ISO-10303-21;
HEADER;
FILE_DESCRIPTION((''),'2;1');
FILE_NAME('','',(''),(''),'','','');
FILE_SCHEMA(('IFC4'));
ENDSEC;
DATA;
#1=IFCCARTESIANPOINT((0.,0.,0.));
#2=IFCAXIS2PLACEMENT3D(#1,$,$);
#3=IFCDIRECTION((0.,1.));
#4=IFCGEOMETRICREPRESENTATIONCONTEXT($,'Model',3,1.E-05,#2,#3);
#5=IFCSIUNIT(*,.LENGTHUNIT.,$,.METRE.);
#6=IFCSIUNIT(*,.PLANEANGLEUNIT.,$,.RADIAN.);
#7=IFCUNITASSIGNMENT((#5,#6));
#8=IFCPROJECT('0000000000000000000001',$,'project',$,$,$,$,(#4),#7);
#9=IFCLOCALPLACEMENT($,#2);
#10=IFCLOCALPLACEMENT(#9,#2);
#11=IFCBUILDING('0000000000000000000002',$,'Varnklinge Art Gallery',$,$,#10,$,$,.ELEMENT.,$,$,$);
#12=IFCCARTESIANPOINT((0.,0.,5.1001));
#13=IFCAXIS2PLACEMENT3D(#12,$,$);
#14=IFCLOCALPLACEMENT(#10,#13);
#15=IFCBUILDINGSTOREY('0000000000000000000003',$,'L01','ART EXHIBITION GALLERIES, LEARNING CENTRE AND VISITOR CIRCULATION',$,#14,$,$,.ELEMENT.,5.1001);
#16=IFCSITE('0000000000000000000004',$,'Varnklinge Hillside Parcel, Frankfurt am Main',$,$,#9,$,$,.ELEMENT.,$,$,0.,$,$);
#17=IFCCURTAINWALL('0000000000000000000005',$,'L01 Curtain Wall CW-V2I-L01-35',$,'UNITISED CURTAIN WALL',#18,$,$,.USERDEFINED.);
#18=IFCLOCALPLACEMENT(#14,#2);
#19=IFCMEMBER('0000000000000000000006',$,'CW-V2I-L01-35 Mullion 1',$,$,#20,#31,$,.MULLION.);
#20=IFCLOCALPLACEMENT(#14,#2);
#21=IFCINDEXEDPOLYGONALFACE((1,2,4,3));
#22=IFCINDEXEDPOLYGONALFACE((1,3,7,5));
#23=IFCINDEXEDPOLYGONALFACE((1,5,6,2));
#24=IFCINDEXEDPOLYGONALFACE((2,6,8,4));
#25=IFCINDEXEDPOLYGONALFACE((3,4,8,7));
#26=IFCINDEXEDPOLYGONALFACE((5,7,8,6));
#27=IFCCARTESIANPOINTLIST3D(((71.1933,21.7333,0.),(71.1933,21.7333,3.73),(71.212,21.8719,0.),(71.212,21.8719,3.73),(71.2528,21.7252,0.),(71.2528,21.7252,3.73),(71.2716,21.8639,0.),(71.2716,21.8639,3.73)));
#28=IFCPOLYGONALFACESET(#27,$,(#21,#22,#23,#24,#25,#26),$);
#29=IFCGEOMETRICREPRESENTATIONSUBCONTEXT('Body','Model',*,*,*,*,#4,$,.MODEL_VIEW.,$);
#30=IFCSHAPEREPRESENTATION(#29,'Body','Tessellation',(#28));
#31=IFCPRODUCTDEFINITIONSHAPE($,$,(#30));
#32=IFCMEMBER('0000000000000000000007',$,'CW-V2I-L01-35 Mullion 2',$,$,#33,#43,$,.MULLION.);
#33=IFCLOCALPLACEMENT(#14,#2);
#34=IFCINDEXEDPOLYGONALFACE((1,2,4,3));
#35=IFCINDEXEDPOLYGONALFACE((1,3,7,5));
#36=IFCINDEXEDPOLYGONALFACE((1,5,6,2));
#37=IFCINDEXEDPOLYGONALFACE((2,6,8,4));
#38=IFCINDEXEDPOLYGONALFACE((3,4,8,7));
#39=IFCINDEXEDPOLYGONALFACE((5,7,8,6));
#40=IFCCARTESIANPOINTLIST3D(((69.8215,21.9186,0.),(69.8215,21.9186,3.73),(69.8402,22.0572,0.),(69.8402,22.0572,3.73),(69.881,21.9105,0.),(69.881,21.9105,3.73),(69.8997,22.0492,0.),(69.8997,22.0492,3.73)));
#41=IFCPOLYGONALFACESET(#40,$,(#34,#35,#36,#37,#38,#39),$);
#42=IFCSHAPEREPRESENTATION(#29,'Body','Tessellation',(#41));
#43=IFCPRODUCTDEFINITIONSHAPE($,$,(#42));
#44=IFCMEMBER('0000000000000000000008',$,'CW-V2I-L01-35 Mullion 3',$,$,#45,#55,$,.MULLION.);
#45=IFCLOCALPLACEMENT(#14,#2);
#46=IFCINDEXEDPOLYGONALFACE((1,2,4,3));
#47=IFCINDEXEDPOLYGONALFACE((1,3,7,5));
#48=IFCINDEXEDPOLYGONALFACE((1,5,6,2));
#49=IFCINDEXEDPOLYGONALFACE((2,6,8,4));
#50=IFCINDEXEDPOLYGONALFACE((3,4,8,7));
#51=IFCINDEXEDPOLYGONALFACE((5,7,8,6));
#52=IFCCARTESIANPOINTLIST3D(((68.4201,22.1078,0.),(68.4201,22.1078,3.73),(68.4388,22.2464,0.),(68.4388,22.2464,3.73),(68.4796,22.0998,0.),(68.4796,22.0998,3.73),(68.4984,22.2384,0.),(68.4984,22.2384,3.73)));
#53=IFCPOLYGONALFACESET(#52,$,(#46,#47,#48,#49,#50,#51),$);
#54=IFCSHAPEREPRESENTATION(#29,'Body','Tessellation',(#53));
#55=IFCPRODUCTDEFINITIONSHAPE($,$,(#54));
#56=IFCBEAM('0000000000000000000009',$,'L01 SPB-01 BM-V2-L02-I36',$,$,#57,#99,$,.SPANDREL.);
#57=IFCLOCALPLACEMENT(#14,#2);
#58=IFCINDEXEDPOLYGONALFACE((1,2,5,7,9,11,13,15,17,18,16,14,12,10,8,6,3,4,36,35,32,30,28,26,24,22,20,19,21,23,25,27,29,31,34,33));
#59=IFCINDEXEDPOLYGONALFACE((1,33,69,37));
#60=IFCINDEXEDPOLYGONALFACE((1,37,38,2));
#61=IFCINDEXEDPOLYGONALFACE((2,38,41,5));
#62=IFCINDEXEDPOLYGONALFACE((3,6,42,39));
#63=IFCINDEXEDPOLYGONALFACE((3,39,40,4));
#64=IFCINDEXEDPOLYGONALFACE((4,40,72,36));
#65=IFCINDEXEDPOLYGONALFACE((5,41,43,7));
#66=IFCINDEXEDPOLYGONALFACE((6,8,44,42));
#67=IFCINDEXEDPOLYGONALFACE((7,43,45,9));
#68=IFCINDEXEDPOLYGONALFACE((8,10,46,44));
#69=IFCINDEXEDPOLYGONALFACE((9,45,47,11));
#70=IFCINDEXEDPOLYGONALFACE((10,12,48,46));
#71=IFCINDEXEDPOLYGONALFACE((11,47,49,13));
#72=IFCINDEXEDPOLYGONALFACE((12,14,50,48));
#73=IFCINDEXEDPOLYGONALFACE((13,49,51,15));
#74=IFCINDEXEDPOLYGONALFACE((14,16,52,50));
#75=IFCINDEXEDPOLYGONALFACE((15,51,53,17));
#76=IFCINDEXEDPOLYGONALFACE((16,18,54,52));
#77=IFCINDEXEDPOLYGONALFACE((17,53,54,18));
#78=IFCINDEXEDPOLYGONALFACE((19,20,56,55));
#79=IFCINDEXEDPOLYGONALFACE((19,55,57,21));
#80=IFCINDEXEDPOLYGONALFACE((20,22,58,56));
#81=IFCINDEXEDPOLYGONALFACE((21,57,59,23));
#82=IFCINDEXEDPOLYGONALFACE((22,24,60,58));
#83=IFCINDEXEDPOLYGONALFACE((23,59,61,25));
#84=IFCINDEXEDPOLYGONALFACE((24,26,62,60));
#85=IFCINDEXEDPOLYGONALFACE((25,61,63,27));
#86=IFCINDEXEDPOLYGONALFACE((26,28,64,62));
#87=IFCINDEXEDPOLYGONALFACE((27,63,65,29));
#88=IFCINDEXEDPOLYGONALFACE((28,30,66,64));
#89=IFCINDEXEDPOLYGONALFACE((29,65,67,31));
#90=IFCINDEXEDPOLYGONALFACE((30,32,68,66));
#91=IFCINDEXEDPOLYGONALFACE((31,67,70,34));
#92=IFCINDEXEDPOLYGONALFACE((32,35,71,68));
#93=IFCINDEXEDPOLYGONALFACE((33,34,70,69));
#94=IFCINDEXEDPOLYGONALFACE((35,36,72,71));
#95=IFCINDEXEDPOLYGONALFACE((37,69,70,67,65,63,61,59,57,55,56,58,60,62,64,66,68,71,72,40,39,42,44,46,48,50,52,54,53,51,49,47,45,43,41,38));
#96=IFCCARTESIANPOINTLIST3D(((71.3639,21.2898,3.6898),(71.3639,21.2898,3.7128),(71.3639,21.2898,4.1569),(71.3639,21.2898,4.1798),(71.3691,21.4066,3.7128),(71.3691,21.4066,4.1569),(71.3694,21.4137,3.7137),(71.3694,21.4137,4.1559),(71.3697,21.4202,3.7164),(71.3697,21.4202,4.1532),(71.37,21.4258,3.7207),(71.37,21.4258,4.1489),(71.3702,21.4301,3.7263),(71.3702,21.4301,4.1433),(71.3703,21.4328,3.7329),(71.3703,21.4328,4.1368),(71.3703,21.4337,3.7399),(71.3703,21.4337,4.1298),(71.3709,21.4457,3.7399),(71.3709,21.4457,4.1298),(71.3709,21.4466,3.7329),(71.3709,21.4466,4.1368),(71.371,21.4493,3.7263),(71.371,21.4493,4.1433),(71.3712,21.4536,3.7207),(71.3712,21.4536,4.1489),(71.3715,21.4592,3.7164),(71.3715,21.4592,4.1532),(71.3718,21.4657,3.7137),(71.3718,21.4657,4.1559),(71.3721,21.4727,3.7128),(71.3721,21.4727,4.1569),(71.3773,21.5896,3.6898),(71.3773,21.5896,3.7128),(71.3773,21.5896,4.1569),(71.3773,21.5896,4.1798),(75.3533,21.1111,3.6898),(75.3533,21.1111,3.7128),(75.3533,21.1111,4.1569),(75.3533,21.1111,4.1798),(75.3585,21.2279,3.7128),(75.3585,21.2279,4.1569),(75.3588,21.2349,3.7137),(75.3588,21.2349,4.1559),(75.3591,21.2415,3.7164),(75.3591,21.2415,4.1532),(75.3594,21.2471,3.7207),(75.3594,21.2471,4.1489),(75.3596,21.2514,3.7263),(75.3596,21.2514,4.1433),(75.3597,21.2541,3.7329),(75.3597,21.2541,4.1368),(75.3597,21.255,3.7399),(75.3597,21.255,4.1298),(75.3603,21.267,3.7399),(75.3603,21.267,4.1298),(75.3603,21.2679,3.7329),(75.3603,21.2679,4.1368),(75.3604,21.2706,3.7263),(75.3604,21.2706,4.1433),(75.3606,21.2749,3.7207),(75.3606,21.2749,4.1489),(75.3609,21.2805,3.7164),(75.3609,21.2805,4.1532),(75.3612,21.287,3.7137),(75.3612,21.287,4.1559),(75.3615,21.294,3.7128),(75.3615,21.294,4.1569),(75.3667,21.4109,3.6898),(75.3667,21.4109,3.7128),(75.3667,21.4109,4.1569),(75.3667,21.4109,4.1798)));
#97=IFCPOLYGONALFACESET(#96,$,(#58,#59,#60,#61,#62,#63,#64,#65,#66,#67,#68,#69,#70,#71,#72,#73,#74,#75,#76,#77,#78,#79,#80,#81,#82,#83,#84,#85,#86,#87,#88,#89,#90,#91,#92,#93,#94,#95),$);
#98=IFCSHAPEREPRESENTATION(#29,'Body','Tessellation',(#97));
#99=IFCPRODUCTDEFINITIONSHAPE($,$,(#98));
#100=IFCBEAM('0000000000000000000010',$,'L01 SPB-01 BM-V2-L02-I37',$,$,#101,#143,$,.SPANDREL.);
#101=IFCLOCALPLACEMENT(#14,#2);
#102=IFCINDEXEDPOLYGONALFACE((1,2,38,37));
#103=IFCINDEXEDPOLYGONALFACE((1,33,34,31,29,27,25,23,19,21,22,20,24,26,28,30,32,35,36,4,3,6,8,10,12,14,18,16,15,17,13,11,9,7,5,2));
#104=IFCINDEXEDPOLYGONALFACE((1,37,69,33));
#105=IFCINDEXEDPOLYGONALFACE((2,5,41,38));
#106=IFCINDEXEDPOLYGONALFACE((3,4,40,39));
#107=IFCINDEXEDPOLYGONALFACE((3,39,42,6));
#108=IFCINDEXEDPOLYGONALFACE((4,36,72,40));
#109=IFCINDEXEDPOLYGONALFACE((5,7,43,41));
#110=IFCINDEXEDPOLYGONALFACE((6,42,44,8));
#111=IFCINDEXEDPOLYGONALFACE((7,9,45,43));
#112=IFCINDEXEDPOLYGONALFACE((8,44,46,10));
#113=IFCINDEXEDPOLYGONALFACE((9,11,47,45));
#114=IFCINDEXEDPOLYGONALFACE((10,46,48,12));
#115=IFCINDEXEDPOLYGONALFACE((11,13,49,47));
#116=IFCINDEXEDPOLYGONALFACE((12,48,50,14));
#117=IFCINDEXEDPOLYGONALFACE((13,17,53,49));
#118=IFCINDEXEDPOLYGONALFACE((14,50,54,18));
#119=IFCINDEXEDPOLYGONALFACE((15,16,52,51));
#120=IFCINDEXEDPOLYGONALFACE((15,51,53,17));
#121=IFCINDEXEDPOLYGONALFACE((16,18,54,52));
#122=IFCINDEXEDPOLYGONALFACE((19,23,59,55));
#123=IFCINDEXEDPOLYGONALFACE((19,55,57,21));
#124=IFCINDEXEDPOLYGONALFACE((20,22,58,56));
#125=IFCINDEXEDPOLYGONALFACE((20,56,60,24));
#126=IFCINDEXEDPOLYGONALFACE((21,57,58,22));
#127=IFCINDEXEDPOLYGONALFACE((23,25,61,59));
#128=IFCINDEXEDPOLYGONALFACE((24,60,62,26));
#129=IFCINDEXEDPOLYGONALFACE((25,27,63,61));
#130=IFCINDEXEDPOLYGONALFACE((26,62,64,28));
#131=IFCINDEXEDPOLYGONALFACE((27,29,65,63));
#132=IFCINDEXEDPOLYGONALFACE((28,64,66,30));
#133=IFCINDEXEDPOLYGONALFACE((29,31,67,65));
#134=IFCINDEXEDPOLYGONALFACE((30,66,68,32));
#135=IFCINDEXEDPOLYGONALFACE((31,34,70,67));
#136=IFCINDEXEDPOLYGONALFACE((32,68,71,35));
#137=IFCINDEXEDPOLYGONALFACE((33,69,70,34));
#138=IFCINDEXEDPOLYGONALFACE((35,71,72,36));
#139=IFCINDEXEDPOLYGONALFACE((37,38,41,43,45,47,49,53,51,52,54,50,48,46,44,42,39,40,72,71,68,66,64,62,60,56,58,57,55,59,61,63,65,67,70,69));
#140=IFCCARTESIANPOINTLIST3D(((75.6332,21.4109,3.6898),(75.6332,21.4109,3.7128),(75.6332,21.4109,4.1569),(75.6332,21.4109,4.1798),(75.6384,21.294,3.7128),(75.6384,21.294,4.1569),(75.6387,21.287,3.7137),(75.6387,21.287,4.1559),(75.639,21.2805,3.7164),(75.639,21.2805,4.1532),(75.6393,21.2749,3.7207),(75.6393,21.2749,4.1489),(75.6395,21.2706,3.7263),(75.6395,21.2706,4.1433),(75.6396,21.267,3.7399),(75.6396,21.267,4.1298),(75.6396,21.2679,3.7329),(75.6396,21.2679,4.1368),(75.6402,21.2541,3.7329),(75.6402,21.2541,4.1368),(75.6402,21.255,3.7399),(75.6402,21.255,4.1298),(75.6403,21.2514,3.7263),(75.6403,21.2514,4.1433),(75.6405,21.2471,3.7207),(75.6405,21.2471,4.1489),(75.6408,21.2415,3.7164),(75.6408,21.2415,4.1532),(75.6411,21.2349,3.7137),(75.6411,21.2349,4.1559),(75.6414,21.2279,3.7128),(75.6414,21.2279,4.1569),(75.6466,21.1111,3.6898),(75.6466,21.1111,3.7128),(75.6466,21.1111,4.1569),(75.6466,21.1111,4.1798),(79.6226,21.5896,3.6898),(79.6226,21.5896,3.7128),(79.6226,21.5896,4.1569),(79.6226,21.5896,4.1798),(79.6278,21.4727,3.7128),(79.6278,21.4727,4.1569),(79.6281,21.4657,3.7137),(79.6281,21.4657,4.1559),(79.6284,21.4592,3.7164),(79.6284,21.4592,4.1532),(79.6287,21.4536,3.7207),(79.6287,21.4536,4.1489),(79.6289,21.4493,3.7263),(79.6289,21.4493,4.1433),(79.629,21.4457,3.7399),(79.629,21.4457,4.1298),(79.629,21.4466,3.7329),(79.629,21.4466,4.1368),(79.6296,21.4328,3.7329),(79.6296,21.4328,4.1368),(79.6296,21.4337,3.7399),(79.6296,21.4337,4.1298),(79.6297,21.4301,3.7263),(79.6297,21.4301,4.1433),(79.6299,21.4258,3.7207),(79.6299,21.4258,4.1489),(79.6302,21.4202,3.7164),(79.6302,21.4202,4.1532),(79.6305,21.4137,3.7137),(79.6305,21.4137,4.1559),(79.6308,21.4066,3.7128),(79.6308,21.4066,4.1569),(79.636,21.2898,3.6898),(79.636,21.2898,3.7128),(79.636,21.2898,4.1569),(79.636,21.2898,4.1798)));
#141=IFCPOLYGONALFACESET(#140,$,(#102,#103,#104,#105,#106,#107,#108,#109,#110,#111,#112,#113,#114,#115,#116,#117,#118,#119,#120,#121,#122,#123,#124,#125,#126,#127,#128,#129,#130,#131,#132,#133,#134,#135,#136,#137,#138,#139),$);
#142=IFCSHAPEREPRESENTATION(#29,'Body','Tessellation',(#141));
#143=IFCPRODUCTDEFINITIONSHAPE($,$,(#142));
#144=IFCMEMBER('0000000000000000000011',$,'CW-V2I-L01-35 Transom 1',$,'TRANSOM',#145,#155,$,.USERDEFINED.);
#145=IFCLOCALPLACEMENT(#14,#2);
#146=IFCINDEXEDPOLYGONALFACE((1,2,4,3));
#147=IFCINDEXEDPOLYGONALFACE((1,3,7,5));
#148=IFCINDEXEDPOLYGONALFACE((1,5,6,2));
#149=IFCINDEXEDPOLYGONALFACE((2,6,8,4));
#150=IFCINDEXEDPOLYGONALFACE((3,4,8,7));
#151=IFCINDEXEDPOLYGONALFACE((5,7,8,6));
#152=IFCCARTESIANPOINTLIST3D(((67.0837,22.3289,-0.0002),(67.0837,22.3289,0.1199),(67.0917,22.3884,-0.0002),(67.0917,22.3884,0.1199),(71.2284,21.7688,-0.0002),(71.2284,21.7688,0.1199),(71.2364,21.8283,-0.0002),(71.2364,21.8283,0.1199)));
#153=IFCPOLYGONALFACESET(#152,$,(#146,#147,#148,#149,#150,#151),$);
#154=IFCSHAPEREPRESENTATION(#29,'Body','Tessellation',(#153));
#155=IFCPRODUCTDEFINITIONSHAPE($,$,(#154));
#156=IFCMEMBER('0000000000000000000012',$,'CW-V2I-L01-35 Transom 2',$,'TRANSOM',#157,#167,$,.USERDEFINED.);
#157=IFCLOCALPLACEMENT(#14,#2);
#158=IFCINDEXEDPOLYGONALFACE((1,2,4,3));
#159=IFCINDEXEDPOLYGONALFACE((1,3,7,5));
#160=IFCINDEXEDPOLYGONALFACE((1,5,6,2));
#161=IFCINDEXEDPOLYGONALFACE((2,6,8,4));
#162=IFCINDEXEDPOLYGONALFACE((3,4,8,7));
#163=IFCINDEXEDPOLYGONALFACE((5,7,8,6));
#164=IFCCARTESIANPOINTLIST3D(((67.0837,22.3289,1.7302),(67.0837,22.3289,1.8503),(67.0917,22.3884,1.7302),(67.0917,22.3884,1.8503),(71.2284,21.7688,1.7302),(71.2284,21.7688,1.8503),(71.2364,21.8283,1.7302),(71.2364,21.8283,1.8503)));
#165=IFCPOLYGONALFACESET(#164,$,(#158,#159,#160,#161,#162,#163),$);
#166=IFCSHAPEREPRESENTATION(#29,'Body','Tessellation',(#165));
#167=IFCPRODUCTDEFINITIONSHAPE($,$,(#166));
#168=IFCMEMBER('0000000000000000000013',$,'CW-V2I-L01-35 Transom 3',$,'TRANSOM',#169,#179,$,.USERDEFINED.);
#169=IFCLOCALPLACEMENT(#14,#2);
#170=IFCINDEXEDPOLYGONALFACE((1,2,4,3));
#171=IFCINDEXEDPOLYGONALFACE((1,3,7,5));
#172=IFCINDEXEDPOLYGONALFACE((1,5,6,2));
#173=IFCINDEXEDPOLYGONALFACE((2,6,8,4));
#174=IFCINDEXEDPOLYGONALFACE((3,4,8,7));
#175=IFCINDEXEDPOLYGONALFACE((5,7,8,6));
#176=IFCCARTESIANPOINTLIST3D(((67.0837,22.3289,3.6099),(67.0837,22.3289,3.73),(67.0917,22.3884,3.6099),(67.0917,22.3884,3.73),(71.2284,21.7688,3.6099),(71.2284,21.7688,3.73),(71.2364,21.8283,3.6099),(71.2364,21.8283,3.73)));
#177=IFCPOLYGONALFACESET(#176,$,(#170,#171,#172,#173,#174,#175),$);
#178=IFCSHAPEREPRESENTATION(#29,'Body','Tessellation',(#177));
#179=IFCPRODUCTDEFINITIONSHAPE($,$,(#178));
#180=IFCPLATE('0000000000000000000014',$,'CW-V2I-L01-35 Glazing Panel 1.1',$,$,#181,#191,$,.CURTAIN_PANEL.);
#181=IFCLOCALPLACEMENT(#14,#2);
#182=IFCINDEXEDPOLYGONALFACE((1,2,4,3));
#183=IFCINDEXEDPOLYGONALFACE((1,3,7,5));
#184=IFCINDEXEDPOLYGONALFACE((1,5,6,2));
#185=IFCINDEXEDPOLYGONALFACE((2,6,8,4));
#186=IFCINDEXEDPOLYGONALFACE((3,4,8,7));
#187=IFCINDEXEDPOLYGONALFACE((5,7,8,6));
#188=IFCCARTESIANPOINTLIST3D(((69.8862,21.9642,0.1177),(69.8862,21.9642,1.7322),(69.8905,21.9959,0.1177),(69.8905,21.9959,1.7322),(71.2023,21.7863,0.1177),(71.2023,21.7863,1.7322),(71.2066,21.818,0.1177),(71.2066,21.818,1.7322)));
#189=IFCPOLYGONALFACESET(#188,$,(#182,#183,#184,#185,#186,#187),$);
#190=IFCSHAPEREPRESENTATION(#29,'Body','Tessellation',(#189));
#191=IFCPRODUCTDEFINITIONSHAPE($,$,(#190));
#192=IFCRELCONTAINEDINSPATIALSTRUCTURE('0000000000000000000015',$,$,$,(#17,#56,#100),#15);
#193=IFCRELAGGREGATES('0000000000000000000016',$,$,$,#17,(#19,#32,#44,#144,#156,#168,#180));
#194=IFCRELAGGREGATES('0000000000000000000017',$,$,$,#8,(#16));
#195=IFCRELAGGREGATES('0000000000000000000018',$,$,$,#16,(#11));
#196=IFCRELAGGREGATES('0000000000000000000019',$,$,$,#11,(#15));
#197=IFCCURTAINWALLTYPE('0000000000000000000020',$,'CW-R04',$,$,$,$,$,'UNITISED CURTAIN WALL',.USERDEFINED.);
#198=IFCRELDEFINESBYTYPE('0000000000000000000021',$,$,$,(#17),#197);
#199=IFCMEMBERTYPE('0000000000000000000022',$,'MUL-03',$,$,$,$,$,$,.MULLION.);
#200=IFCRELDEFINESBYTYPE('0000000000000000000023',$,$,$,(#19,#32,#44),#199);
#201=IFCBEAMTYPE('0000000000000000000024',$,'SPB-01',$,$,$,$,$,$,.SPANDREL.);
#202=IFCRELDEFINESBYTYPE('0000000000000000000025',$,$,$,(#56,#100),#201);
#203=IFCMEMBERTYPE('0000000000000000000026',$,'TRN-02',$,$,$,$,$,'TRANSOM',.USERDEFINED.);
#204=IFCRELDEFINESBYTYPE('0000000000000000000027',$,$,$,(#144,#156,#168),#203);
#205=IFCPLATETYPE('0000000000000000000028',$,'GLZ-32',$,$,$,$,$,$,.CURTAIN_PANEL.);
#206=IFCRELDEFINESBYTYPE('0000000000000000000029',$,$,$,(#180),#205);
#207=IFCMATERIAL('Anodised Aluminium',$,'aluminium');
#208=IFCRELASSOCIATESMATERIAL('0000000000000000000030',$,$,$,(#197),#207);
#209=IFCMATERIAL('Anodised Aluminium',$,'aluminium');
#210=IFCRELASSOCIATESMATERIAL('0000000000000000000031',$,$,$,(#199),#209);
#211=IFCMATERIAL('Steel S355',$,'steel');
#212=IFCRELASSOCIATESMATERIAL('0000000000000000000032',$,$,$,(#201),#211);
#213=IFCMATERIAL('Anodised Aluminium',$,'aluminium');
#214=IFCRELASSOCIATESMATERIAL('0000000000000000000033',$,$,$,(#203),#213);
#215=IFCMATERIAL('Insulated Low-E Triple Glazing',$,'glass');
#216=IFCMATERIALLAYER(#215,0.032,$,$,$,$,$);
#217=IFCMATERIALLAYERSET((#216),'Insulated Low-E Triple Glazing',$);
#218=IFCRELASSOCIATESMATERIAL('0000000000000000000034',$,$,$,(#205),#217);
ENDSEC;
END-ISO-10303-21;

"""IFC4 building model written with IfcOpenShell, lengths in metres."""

from ifc_helpers import new_model, si_unit, direction, frame, origin, origin_2d, place, context, subcontext, project, spatial, rectangle, i_section, extrude, material, layer, layer_set, material_profile, profile_set, type_object, element, aggregate, save


model = new_model("IFC4")

# Units and contexts
model_context = context("Model", 3, precision=1e-05, world=origin(), true_north=direction((0.0, 1.0)))
body_context = subcontext(model_context, "Body", "Model", "MODEL_VIEW")
ifc_project = project(units=[si_unit("LENGTHUNIT", "METRE"), si_unit("PLANEANGLEUNIT", "RADIAN")], contexts=[model_context])

# Site, building, storey
site_placement = place(None, origin())
site = spatial("IfcSite", under=ifc_project, at=site_placement, Name="Varnklinge Hillside Parcel, Frankfurt am Main", CompositionType="ELEMENT", RefElevation=0.0)
building_placement = place(site_placement, origin())
building = spatial("IfcBuilding", under=site, at=building_placement, Name="Varnklinge Art Gallery", CompositionType="ELEMENT")
storey_placement = place(building_placement, frame((0.0, 0.0, 5.1001)))
storey = spatial("IfcBuildingStorey", under=building, at=storey_placement, Name="L01", Description="ART EXHIBITION GALLERIES, LEARNING CENTRE AND VISITOR CIRCULATION", CompositionType="ELEMENT", Elevation=5.1001)

# Curtain wall, members
ifc_material_1 = material(Name="Anodised Aluminium", Category="aluminium")
curtain_wall_type = type_object("IfcCurtainWallType", Name="CW-R04", ElementType="UNITISED CURTAIN WALL", PredefinedType="USERDEFINED", material=ifc_material_1)
curtain_wall_placement = place(storey_placement, origin())
curtain_wall = element("IfcCurtainWall", 1, at=curtain_wall_placement, inside=storey, type_object=curtain_wall_type, Name="L01 Curtain Wall CW-V2I-L01-35", ObjectType="UNITISED CURTAIN WALL", PredefinedType="USERDEFINED")
ifc_material_2 = material(Name="Anodised Aluminium", Category="aluminium")
ifc_material_profile_1 = material_profile(ifc_material_2, rectangle(XDim=0.0601, YDim=0.1399, at=origin_2d()), Name="ALU 60x140")
ifc_profile_set_1 = profile_set([ifc_material_profile_1], Name="Anodised Aluminium")
member_type_1 = type_object("IfcMemberType", Name="MUL-03", PredefinedType="MULLION", material=ifc_profile_set_1)
member_1_placement = place(storey_placement, frame((71.2324, 21.7986, 0.0), z_axis=(0.0, 0.0, 1.0), x_axis=(-0.990983, 0.133986, 0.0)))
member_1 = element("IfcMember", 2, at=member_1_placement, type_object=member_type_1, Name="CW-V2I-L01-35 Mullion 1", PredefinedType="MULLION", context=body_context, shape_type="SweptSolid", body=[
    extrude(rectangle(XDim=0.0601, YDim=0.1399, at=origin_2d()), origin(), (0.0, 0.0, 1.0), 3.73),
])
member_2_placement = place(storey_placement, frame((69.8606, 21.9839, 0.0), z_axis=(0.0, 0.0, 1.0), x_axis=(-0.990983, 0.133986, 0.0)))
member_2 = element("IfcMember", 3, at=member_2_placement, type_object=member_type_1, Name="CW-V2I-L01-35 Mullion 2", PredefinedType="MULLION", context=body_context, shape_type="SweptSolid", body=[
    extrude(rectangle(XDim=0.0601, YDim=0.1399, at=origin_2d()), origin(), (0.0, 0.0, 1.0), 3.73),
])
member_3_placement = place(storey_placement, frame((68.4592, 22.1731, 0.0), z_axis=(0.0, 0.0, 1.0), x_axis=(-0.990983, 0.133986, 0.0)))
member_3 = element("IfcMember", 4, at=member_3_placement, type_object=member_type_1, Name="CW-V2I-L01-35 Mullion 3", PredefinedType="MULLION", context=body_context, shape_type="SweptSolid", body=[
    extrude(rectangle(XDim=0.0601, YDim=0.1399, at=origin_2d()), origin(), (0.0, 0.0, 1.0), 3.73),
])

# Beams
ifc_material_3 = material(Name="Steel S355", Category="steel")
ifc_material_profile_2 = material_profile(ifc_material_3, i_section(OverallWidth=0.3, OverallDepth=0.49, WebThickness=0.012, FlangeThickness=0.0229, FilletRadius=0.0271, at=origin_2d()), Name="HEA 500")
ifc_profile_set_2 = profile_set([ifc_material_profile_2], Name="Steel S355")
beam_type_1 = type_object("IfcBeamType", Name="SPB-01", PredefinedType="SPANDREL", material=ifc_profile_set_2)
for number, where, z_axis, x_axis, name in (
    (5, (71.3706, 21.4397, 3.9348), (0.998998, -0.04475, 0.0), (0.04475, 0.998998, 0.0), "L01 SPB-01 BM-V2-L02-I36"),
    (6, (75.6399, 21.261, 3.9348), (0.998998, 0.04475, 0.0), (-0.04475, 0.998998, 0.0), "L01 SPB-01 BM-V2-L02-I37"),
):
    element("IfcBeam", number, at=place(storey_placement, frame(where, z_axis=z_axis, x_axis=x_axis)), inside=storey, type_object=beam_type_1, Name=name, PredefinedType="SPANDREL", context=body_context, shape_type="SweptSolid", body=[
        extrude(i_section(OverallWidth=0.3, OverallDepth=0.49, WebThickness=0.012, FlangeThickness=0.0229, FilletRadius=0.0271, at=origin_2d()), origin(), (0.0, 0.0, 1.0), 3.9934),
    ])

# Members
ifc_material_4 = material(Name="Anodised Aluminium", Category="aluminium")
ifc_material_profile_3 = material_profile(ifc_material_4, rectangle(XDim=0.0601, YDim=0.1201, at=origin_2d()), Name="ALU 60x120")
ifc_profile_set_3 = profile_set([ifc_material_profile_3], Name="Anodised Aluminium")
member_type_2 = type_object("IfcMemberType", Name="TRN-02", ElementType="TRANSOM", PredefinedType="USERDEFINED", material=ifc_profile_set_3)
member_4_placement = place(storey_placement, frame((71.2324, 21.7986, 0.0598), z_axis=(-0.990994, 0.133907, 0.0), x_axis=(-0.133907, -0.990994, 0.0)))
member_4 = element("IfcMember", 7, at=member_4_placement, type_object=member_type_2, Name="CW-V2I-L01-35 Transom 1", ObjectType="TRANSOM", PredefinedType="USERDEFINED", context=body_context, shape_type="SweptSolid", body=[
    extrude(rectangle(XDim=0.0601, YDim=0.1201, at=origin_2d()), origin(), (0.0, 0.0, 1.0), 4.1824),
])
member_5_placement = place(storey_placement, frame((71.2324, 21.7986, 1.7903), z_axis=(-0.990994, 0.133907, 0.0), x_axis=(-0.133907, -0.990994, 0.0)))
member_5 = element("IfcMember", 8, at=member_5_placement, type_object=member_type_2, Name="CW-V2I-L01-35 Transom 2", ObjectType="TRANSOM", PredefinedType="USERDEFINED", context=body_context, shape_type="SweptSolid", body=[
    extrude(rectangle(XDim=0.0601, YDim=0.1201, at=origin_2d()), origin(), (0.0, 0.0, 1.0), 4.1824),
])
member_6_placement = place(storey_placement, frame((71.2324, 21.7986, 3.6699), z_axis=(-0.990994, 0.133907, 0.0), x_axis=(-0.133907, -0.990994, 0.0)))
member_6 = element("IfcMember", 9, at=member_6_placement, type_object=member_type_2, Name="CW-V2I-L01-35 Transom 3", ObjectType="TRANSOM", PredefinedType="USERDEFINED", context=body_context, shape_type="SweptSolid", body=[
    extrude(rectangle(XDim=0.0601, YDim=0.1201, at=origin_2d()), origin(), (0.0, 0.0, 1.0), 4.1824),
])

# Plate
ifc_material_5 = material(Name="Insulated Low-E Triple Glazing", Category="glass")
ifc_layer_1 = layer(ifc_material_5, 0.032)
ifc_layer_set_1 = layer_set([ifc_layer_1], Name="Insulated Low-E Triple Glazing")
plate_type_1 = type_object("IfcPlateType", Name="GLZ-32", PredefinedType="CURTAIN_PANEL", material=ifc_layer_set_1)
plate_1_placement = place(storey_placement, frame((70.5464, 21.8911, 0.1177), z_axis=(0.0, 0.0, 1.0), x_axis=(-0.990983, 0.133986, 0.0)))
plate_1 = element("IfcPlate", 10, at=plate_1_placement, type_object=plate_type_1, Name="CW-V2I-L01-35 Glazing Panel 1.1", PredefinedType="CURTAIN_PANEL", context=body_context, shape_type="SweptSolid", body=[
    extrude(rectangle(XDim=1.3281, YDim=0.032, at=origin_2d()), origin(), (0.0, 0.0, 1.0), 1.6145),
])
aggregate(curtain_wall, [member_1, member_2, member_3, member_4, member_5, member_6, plate_1])

save(model, "model.ifc")
